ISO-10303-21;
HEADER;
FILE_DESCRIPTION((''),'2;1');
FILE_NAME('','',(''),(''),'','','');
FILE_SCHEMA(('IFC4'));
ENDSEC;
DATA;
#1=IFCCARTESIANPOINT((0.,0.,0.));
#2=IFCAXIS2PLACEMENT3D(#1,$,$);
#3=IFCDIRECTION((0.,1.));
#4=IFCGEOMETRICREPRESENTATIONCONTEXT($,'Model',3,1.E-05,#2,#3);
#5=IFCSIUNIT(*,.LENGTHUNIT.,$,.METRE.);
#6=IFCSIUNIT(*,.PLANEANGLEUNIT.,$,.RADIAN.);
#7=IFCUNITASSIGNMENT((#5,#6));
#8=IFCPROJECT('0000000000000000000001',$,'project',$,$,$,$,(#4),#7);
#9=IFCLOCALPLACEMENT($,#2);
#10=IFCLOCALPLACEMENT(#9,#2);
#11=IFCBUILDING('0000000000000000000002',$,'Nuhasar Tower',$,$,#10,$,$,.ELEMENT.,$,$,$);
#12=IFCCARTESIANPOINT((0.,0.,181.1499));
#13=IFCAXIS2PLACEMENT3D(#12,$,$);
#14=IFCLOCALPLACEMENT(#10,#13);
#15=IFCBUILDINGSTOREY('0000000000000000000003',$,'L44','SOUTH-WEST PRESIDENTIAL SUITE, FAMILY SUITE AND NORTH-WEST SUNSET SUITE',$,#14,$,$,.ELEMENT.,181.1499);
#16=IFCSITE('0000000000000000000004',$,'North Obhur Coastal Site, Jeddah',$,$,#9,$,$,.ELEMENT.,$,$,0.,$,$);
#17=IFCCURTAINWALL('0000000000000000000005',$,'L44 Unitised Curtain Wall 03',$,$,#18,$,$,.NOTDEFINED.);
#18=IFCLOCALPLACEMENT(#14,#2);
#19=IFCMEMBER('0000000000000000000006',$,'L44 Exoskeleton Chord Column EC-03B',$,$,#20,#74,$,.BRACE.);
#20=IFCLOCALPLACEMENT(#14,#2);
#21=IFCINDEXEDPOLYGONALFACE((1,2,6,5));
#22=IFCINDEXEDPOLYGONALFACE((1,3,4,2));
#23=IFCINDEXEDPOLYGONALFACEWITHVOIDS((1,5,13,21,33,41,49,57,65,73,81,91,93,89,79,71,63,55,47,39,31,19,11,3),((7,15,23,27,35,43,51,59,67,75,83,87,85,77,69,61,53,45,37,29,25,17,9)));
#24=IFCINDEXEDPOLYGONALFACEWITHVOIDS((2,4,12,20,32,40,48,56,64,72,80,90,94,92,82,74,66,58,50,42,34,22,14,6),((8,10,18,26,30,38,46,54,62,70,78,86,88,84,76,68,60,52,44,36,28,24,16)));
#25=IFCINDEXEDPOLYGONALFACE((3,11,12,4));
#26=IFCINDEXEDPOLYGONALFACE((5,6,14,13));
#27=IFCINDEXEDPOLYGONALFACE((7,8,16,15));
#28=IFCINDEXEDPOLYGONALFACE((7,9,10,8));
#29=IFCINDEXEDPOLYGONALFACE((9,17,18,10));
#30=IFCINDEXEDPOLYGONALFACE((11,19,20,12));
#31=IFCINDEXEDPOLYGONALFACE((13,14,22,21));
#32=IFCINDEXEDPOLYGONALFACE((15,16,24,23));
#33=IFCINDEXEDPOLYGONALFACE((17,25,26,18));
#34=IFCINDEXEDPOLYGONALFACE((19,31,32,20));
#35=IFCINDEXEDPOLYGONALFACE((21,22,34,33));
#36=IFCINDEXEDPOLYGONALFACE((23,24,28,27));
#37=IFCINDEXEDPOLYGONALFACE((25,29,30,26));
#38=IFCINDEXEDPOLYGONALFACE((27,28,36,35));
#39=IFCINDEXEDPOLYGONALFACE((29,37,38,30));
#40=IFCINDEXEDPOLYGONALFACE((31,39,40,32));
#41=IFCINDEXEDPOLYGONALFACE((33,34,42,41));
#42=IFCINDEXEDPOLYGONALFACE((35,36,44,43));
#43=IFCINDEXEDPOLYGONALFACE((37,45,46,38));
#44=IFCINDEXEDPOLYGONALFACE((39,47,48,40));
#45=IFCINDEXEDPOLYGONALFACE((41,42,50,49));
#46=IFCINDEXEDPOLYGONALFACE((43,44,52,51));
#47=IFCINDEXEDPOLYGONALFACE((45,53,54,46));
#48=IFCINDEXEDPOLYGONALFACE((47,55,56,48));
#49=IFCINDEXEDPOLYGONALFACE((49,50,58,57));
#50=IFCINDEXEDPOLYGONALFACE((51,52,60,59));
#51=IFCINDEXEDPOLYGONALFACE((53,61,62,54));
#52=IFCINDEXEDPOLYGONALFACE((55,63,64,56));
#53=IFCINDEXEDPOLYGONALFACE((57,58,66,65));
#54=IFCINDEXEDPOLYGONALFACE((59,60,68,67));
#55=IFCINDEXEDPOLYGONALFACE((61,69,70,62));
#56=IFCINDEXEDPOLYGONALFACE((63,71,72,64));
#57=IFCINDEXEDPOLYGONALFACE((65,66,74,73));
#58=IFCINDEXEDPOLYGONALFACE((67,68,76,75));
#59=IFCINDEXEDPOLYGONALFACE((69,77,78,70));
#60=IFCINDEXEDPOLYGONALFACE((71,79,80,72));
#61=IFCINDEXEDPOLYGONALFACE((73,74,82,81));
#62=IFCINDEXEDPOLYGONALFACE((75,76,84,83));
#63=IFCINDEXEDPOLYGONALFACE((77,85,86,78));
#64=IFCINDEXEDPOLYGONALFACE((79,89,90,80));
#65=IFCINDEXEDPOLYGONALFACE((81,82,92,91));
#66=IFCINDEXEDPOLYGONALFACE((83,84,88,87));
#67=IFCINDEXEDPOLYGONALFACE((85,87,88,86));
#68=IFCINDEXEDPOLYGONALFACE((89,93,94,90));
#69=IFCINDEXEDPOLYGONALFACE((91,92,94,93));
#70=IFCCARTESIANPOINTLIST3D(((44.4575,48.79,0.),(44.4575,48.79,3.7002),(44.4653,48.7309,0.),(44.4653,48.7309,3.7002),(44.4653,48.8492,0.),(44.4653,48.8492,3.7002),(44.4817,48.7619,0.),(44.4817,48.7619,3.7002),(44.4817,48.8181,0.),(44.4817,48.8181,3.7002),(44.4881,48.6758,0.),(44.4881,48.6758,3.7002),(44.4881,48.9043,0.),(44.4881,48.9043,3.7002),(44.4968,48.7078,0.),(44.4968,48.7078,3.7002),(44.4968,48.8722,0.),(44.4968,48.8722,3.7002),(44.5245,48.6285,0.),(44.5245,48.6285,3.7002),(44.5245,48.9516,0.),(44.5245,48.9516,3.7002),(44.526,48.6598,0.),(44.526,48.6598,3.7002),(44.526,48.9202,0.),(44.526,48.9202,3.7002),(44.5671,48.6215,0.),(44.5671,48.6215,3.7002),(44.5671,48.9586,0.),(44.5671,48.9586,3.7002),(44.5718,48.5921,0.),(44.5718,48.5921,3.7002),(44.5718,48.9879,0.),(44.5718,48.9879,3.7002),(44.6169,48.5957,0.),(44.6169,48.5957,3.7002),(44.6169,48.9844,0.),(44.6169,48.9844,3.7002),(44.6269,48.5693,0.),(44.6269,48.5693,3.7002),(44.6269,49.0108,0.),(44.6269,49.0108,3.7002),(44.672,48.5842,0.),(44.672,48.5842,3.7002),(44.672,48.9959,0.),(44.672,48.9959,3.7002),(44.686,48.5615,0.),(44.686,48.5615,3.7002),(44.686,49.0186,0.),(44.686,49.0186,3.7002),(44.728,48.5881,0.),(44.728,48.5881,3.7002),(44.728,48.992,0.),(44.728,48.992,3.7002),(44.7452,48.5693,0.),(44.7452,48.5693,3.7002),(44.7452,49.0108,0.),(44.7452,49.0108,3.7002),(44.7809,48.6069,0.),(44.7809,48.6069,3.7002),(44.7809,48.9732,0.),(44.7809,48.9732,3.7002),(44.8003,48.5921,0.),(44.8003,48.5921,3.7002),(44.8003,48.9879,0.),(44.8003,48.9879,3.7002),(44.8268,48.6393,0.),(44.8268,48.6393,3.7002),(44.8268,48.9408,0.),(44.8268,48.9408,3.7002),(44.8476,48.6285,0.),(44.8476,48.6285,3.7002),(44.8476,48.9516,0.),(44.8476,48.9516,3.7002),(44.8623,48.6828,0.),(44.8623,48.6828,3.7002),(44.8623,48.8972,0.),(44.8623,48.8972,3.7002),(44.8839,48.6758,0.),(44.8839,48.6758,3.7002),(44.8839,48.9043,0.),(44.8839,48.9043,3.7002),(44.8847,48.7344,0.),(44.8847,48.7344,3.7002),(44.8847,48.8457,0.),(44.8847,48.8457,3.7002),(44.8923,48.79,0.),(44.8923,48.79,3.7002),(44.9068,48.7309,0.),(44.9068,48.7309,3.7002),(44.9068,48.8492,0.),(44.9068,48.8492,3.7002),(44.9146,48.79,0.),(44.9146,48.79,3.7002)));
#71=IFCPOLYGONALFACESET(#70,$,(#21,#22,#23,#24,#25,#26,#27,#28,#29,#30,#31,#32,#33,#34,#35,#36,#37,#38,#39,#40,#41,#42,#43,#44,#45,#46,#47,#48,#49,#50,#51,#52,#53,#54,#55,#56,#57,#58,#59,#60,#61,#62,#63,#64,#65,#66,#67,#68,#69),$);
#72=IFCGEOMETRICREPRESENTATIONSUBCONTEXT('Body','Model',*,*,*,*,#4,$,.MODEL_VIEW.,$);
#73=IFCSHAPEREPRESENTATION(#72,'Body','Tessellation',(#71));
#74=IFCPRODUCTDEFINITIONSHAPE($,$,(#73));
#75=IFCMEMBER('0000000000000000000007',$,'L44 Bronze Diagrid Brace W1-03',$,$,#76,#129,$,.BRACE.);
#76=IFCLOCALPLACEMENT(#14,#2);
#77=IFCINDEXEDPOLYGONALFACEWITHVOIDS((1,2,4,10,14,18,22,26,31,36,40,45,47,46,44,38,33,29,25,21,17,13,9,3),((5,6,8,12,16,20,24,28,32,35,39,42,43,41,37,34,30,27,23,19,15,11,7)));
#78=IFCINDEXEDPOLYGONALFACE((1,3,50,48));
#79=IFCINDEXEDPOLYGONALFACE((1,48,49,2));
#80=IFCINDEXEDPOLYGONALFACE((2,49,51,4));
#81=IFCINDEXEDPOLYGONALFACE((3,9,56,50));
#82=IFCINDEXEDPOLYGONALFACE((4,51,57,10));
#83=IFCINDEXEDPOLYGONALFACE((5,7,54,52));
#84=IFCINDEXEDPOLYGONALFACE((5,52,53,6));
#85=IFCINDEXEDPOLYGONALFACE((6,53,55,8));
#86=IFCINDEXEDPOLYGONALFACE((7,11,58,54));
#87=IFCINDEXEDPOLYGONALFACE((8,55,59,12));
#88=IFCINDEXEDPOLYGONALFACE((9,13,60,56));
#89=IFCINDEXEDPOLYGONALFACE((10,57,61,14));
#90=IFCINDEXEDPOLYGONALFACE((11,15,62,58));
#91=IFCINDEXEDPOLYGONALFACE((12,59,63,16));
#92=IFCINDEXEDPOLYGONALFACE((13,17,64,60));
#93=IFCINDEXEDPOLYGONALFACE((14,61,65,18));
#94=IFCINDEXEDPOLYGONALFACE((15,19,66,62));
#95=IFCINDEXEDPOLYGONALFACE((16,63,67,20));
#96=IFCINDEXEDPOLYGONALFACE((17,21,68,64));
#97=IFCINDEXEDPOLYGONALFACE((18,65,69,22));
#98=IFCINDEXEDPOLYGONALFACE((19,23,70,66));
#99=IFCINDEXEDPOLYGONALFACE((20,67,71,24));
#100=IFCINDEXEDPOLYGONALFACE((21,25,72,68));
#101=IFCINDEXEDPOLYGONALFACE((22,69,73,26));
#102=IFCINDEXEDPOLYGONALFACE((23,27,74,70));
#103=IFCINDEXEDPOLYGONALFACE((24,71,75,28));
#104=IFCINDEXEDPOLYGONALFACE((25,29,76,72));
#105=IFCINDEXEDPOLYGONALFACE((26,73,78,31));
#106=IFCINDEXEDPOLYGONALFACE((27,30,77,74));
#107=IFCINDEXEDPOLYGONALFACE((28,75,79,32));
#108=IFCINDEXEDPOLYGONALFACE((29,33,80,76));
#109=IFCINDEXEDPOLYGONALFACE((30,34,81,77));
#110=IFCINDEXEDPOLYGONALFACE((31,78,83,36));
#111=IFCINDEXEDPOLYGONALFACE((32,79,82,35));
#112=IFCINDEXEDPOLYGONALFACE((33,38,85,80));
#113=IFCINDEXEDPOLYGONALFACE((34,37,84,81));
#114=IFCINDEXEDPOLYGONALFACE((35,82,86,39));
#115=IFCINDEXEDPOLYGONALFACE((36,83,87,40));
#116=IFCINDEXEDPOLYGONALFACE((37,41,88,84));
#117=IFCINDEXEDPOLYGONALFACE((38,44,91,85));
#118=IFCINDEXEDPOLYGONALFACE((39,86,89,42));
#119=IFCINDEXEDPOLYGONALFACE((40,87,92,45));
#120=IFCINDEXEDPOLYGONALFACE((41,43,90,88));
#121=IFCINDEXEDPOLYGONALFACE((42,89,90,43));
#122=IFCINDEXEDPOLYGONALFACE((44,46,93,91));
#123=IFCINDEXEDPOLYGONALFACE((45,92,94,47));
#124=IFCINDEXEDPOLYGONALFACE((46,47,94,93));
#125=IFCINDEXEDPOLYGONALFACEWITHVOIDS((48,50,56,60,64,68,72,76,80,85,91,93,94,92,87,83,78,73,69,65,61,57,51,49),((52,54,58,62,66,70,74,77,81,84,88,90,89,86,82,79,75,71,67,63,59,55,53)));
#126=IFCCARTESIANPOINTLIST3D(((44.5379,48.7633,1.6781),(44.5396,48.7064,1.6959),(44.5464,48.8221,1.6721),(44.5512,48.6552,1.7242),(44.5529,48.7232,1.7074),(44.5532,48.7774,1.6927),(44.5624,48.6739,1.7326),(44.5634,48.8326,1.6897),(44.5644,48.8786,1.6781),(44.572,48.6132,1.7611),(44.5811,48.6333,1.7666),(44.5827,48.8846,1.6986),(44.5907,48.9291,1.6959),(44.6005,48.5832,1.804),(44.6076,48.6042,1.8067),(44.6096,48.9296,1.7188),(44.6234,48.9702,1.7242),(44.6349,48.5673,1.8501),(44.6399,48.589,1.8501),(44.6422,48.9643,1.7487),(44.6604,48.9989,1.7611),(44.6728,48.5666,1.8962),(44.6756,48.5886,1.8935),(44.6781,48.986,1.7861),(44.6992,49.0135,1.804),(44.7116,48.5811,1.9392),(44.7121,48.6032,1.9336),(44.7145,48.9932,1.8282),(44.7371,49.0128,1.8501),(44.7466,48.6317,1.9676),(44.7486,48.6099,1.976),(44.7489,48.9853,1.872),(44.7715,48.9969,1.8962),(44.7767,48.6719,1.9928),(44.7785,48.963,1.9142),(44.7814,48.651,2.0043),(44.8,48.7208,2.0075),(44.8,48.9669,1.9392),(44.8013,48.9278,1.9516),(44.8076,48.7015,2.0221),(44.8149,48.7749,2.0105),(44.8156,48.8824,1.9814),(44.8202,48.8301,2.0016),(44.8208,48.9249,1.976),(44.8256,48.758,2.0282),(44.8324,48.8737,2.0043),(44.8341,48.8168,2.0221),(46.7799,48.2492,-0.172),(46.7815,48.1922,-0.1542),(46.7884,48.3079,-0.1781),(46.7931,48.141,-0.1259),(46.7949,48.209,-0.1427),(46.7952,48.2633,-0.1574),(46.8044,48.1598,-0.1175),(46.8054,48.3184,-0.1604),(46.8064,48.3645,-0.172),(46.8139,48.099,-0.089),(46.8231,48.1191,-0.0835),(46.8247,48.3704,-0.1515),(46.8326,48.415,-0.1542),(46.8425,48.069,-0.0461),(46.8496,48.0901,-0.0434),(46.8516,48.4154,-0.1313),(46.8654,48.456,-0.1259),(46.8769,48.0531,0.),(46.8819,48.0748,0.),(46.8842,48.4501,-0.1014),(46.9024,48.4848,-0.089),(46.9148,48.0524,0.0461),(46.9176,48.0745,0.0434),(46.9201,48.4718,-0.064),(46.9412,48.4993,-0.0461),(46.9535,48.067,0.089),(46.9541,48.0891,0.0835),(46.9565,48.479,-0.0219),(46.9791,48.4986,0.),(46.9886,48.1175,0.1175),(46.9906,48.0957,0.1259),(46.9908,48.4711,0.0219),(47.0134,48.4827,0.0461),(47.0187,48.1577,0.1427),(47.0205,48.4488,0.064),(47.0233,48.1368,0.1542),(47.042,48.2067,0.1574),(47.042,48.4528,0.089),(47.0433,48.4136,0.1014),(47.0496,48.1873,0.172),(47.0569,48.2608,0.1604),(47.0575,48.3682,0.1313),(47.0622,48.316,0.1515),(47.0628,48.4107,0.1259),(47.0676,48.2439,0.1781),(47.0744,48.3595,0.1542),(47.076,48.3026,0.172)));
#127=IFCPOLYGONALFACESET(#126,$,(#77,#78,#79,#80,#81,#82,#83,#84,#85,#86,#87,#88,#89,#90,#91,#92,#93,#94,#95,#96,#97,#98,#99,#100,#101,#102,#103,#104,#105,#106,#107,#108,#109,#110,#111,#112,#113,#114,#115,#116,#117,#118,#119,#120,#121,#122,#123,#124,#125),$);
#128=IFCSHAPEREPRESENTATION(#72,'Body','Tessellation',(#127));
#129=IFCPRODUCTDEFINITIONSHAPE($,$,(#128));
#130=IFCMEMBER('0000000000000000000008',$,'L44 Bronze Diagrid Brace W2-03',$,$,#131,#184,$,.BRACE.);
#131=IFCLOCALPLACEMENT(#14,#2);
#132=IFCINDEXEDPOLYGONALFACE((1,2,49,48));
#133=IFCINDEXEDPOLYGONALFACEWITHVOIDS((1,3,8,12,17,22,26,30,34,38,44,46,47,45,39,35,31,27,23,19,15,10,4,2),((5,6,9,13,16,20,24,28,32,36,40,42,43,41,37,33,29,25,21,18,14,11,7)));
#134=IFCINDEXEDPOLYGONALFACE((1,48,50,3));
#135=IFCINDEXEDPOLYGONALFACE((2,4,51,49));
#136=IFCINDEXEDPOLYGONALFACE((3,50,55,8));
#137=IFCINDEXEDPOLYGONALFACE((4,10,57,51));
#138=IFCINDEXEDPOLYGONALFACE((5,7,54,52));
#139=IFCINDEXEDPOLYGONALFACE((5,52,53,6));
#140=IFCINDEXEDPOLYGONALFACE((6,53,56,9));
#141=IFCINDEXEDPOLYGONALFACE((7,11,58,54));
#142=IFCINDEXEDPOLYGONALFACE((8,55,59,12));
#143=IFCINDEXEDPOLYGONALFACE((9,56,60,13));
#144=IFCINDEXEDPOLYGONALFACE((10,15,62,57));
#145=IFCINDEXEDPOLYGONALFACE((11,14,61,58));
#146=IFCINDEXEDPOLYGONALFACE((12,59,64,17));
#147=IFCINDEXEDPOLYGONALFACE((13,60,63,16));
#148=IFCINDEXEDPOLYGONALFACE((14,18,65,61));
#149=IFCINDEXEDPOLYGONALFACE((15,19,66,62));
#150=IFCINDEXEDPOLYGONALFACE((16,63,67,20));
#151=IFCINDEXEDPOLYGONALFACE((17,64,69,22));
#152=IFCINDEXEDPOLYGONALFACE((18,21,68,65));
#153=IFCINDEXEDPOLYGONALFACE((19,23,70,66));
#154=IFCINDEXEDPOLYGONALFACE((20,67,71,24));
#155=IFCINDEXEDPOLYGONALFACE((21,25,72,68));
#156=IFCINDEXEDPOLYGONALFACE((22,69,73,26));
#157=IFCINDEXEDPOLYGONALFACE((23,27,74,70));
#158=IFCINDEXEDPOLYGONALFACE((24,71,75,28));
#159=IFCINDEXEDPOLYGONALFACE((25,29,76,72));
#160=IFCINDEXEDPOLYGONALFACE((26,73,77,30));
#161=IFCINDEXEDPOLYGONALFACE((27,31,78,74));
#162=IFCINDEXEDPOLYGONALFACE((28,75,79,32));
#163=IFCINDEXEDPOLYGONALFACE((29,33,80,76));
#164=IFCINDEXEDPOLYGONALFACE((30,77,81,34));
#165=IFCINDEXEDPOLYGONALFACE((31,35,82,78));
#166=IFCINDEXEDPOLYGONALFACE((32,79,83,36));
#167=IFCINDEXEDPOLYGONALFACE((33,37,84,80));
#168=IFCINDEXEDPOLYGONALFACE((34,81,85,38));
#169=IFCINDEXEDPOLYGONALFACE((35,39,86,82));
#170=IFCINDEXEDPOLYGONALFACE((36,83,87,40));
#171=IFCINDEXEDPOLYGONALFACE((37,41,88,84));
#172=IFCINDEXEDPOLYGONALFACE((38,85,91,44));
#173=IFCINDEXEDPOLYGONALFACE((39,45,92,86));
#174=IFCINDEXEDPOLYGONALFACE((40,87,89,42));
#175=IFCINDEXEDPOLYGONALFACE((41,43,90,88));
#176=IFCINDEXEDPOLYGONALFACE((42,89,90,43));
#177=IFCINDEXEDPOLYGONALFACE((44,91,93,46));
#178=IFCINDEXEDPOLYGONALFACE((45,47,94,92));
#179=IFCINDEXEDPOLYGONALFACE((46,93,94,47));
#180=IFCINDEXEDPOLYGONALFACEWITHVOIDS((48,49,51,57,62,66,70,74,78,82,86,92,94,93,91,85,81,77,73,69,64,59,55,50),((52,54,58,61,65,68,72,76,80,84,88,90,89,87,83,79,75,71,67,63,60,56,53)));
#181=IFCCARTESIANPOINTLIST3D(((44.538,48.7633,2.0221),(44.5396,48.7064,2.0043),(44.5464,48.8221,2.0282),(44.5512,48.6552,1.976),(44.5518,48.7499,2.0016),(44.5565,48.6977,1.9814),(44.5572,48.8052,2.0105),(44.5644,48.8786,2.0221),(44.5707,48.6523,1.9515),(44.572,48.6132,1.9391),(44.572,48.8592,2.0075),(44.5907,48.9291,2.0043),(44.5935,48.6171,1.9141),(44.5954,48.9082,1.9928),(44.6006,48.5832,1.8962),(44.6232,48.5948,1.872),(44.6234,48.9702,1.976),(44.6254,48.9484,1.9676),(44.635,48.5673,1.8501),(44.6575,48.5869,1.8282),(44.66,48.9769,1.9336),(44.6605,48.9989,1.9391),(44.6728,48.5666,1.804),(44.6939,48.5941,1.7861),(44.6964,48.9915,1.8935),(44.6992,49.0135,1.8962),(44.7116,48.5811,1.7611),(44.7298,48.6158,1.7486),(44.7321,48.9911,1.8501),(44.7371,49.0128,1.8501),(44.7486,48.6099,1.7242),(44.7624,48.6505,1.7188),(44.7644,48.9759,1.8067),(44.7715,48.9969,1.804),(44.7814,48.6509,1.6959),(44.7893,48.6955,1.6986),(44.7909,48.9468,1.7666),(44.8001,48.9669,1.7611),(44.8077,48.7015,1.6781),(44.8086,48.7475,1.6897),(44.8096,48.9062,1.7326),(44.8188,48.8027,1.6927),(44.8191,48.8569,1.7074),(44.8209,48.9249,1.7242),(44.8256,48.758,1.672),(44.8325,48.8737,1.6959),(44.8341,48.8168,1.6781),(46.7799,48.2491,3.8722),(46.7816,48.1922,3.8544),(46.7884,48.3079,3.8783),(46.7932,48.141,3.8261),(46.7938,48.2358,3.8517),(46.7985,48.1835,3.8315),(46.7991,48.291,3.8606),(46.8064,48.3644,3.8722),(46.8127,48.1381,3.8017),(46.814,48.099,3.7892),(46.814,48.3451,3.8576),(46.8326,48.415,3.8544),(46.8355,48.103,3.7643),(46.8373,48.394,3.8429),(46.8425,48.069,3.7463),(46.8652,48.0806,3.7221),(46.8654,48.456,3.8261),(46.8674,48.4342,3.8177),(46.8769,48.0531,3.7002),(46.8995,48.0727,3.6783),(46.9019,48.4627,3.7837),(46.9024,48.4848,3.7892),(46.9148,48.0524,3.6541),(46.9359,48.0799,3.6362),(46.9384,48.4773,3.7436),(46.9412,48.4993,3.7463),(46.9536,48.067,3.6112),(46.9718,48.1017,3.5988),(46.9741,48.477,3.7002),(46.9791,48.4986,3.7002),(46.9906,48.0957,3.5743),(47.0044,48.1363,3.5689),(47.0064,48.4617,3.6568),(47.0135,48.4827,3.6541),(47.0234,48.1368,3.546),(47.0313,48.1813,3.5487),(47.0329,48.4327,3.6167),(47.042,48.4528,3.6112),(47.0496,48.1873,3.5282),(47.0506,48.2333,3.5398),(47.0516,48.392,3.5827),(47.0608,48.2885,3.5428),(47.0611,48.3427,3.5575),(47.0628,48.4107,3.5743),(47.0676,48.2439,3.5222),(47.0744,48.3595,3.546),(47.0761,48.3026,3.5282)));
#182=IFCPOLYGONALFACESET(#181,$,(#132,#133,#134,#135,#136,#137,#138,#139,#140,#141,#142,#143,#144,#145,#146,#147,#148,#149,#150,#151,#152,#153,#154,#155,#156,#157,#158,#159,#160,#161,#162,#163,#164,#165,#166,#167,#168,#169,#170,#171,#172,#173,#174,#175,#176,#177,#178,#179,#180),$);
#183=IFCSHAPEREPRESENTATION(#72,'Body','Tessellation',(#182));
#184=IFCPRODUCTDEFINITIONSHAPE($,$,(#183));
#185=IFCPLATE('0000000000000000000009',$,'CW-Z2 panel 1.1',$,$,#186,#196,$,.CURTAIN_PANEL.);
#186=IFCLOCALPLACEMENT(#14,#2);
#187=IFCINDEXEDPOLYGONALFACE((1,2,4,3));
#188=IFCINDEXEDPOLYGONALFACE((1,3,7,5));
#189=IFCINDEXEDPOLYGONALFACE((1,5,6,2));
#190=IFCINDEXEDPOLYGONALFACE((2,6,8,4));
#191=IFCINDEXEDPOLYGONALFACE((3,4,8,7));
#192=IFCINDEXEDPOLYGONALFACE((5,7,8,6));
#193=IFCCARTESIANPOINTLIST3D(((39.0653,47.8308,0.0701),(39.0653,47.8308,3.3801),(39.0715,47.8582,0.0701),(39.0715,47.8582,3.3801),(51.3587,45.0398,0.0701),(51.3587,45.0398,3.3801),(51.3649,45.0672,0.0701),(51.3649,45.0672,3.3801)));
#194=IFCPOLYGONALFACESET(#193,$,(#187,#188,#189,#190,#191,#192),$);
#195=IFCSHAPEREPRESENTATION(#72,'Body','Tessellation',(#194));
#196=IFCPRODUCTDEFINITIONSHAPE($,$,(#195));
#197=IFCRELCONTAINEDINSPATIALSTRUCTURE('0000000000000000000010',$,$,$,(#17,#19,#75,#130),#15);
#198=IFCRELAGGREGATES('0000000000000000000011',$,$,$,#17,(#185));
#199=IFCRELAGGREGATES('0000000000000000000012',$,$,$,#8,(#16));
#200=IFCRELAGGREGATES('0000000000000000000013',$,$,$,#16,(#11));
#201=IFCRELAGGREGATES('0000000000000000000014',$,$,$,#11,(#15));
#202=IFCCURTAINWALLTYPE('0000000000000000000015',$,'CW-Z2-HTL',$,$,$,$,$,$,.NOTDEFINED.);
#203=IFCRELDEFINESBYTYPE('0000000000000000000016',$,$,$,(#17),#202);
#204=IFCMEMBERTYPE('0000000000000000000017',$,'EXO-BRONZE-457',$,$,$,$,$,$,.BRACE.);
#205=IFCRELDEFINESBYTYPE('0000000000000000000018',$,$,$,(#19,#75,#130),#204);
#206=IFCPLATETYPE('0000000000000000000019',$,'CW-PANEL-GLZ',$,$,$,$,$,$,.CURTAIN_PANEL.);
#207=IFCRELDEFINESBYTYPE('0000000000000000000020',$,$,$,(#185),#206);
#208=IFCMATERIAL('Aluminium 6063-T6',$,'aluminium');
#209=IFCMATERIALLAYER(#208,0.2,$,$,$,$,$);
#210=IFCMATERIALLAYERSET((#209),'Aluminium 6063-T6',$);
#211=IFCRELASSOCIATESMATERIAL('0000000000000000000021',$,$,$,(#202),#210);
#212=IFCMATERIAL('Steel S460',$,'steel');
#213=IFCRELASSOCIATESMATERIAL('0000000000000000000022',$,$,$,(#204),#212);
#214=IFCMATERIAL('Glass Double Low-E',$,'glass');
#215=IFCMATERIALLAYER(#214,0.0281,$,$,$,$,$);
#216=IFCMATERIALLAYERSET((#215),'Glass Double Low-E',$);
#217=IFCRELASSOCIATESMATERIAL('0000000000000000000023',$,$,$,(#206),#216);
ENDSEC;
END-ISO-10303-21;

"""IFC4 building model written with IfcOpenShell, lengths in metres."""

from ifc_helpers import new_model, si_unit, direction, frame, origin, origin_2d, place, context, subcontext, project, spatial, rectangle, hollow_circle, extrude, material, layer, layer_set, material_profile, profile_set, type_object, element, aggregate, save


model = new_model("IFC4")

# Units and contexts
model_context = context("Model", 3, precision=1e-05, world=origin(), true_north=direction((0.0, 1.0)))
body_context = subcontext(model_context, "Body", "Model", "MODEL_VIEW")
ifc_project = project(units=[si_unit("LENGTHUNIT", "METRE"), si_unit("PLANEANGLEUNIT", "RADIAN")], contexts=[model_context])

# Site, building, storey
site_placement = place(None, origin())
site = spatial("IfcSite", under=ifc_project, at=site_placement, Name="North Obhur Coastal Site, Jeddah", CompositionType="ELEMENT", RefElevation=0.0)
building_placement = place(site_placement, origin())
building = spatial("IfcBuilding", under=site, at=building_placement, Name="Nuhasar Tower", CompositionType="ELEMENT")
storey_placement = place(building_placement, frame((0.0, 0.0, 181.1499)))
storey = spatial("IfcBuildingStorey", under=building, at=storey_placement, Name="L44", Description="SOUTH-WEST PRESIDENTIAL SUITE, FAMILY SUITE AND NORTH-WEST SUNSET SUITE", CompositionType="ELEMENT", Elevation=181.1499)

# Curtain wall
ifc_material_1 = material(Name="Aluminium 6063-T6", Category="aluminium")
ifc_layer_1 = layer(ifc_material_1, 0.2)
ifc_layer_set_1 = layer_set([ifc_layer_1], Name="Aluminium 6063-T6")
curtain_wall_type = type_object("IfcCurtainWallType", Name="CW-Z2-HTL", PredefinedType="NOTDEFINED", material=ifc_layer_set_1)
curtain_wall_1_placement = place(storey_placement, origin())
curtain_wall_1 = element("IfcCurtainWall", 1, at=curtain_wall_1_placement, inside=storey, type_object=curtain_wall_type, Name="L44 Unitised Curtain Wall 03", PredefinedType="NOTDEFINED")

# Members
ifc_material_2 = material(Name="Steel S460", Category="steel")
ifc_material_profile_1 = material_profile(ifc_material_2, hollow_circle(Radius=0.2285, WallThickness=0.0222, at=origin_2d()), Name="HSS457X22.2")
ifc_profile_set_1 = profile_set([ifc_material_profile_1], Name="Steel S460")
member_type_1 = type_object("IfcMemberType", Name="EXO-BRONZE-457", PredefinedType="BRACE", material=ifc_profile_set_1)
for number, where, z_axis, x_axis, name in (
    (2, (44.686, 48.79, 0.0), (0.0, 0.0, 1.0), (1.0, 0.0, 0.0), "L44 Exoskeleton Chord Column EC-03B"),
):
    element("IfcMember", number, at=place(storey_placement, frame(where, z_axis=z_axis, x_axis=x_axis)), inside=storey, type_object=member_type_1, Name=name, PredefinedType="BRACE", context=body_context, shape_type="SweptSolid", body=[
        extrude(hollow_circle(Radius=0.2285, WallThickness=0.0222, at=origin_2d()), origin(), (0.0, 0.0, 1.0), 3.7002),
    ])
for number, where, z_axis, x_axis, name in (
    (3, (46.928, 48.2759, 0.0), (-0.7595, 0.174181, 0.626755), (-0.223534, -0.974696, 0.0), "L44 Bronze Diagrid Brace W1-03"),
    (4, (44.686, 48.79, 1.8501), (0.7595, -0.174181, 0.626755), (0.223534, 0.974696, 0.0), "L44 Bronze Diagrid Brace W2-03"),
):
    element("IfcMember", number, at=place(storey_placement, frame(where, z_axis=z_axis, x_axis=x_axis)), inside=storey, type_object=member_type_1, Name=name, PredefinedType="BRACE", context=body_context, shape_type="SweptSolid", body=[
        extrude(hollow_circle(Radius=0.2285, WallThickness=0.0222, at=origin_2d()), origin(), (0.0, 0.0, 1.0), 2.9519),
    ])

# Plate
ifc_material_3 = material(Name="Glass Double Low-E", Category="glass")
ifc_layer_2 = layer(ifc_material_3, 0.0281)
ifc_layer_set_2 = layer_set([ifc_layer_2], Name="Glass Double Low-E")
plate_type = type_object("IfcPlateType", Name="CW-PANEL-GLZ", PredefinedType="CURTAIN_PANEL", material=ifc_layer_set_2)
plate_placement = place(storey_placement, frame((45.2151, 46.449, 0.0701), z_axis=(0.0, 0.0, 1.0), x_axis=(-0.975184, 0.221397, 0.0)))
plate = element("IfcPlate", 5, at=plate_placement, type_object=plate_type, Name="CW-Z2 panel 1.1", PredefinedType="CURTAIN_PANEL", context=body_context, shape_type="SweptSolid", body=[
    extrude(rectangle(XDim=12.6062, YDim=0.0281, at=origin_2d()), origin(), (0.0, 0.0, 1.0), 3.3101),
])
aggregate(curtain_wall_1, [plate])

save(model, "model.ifc")
